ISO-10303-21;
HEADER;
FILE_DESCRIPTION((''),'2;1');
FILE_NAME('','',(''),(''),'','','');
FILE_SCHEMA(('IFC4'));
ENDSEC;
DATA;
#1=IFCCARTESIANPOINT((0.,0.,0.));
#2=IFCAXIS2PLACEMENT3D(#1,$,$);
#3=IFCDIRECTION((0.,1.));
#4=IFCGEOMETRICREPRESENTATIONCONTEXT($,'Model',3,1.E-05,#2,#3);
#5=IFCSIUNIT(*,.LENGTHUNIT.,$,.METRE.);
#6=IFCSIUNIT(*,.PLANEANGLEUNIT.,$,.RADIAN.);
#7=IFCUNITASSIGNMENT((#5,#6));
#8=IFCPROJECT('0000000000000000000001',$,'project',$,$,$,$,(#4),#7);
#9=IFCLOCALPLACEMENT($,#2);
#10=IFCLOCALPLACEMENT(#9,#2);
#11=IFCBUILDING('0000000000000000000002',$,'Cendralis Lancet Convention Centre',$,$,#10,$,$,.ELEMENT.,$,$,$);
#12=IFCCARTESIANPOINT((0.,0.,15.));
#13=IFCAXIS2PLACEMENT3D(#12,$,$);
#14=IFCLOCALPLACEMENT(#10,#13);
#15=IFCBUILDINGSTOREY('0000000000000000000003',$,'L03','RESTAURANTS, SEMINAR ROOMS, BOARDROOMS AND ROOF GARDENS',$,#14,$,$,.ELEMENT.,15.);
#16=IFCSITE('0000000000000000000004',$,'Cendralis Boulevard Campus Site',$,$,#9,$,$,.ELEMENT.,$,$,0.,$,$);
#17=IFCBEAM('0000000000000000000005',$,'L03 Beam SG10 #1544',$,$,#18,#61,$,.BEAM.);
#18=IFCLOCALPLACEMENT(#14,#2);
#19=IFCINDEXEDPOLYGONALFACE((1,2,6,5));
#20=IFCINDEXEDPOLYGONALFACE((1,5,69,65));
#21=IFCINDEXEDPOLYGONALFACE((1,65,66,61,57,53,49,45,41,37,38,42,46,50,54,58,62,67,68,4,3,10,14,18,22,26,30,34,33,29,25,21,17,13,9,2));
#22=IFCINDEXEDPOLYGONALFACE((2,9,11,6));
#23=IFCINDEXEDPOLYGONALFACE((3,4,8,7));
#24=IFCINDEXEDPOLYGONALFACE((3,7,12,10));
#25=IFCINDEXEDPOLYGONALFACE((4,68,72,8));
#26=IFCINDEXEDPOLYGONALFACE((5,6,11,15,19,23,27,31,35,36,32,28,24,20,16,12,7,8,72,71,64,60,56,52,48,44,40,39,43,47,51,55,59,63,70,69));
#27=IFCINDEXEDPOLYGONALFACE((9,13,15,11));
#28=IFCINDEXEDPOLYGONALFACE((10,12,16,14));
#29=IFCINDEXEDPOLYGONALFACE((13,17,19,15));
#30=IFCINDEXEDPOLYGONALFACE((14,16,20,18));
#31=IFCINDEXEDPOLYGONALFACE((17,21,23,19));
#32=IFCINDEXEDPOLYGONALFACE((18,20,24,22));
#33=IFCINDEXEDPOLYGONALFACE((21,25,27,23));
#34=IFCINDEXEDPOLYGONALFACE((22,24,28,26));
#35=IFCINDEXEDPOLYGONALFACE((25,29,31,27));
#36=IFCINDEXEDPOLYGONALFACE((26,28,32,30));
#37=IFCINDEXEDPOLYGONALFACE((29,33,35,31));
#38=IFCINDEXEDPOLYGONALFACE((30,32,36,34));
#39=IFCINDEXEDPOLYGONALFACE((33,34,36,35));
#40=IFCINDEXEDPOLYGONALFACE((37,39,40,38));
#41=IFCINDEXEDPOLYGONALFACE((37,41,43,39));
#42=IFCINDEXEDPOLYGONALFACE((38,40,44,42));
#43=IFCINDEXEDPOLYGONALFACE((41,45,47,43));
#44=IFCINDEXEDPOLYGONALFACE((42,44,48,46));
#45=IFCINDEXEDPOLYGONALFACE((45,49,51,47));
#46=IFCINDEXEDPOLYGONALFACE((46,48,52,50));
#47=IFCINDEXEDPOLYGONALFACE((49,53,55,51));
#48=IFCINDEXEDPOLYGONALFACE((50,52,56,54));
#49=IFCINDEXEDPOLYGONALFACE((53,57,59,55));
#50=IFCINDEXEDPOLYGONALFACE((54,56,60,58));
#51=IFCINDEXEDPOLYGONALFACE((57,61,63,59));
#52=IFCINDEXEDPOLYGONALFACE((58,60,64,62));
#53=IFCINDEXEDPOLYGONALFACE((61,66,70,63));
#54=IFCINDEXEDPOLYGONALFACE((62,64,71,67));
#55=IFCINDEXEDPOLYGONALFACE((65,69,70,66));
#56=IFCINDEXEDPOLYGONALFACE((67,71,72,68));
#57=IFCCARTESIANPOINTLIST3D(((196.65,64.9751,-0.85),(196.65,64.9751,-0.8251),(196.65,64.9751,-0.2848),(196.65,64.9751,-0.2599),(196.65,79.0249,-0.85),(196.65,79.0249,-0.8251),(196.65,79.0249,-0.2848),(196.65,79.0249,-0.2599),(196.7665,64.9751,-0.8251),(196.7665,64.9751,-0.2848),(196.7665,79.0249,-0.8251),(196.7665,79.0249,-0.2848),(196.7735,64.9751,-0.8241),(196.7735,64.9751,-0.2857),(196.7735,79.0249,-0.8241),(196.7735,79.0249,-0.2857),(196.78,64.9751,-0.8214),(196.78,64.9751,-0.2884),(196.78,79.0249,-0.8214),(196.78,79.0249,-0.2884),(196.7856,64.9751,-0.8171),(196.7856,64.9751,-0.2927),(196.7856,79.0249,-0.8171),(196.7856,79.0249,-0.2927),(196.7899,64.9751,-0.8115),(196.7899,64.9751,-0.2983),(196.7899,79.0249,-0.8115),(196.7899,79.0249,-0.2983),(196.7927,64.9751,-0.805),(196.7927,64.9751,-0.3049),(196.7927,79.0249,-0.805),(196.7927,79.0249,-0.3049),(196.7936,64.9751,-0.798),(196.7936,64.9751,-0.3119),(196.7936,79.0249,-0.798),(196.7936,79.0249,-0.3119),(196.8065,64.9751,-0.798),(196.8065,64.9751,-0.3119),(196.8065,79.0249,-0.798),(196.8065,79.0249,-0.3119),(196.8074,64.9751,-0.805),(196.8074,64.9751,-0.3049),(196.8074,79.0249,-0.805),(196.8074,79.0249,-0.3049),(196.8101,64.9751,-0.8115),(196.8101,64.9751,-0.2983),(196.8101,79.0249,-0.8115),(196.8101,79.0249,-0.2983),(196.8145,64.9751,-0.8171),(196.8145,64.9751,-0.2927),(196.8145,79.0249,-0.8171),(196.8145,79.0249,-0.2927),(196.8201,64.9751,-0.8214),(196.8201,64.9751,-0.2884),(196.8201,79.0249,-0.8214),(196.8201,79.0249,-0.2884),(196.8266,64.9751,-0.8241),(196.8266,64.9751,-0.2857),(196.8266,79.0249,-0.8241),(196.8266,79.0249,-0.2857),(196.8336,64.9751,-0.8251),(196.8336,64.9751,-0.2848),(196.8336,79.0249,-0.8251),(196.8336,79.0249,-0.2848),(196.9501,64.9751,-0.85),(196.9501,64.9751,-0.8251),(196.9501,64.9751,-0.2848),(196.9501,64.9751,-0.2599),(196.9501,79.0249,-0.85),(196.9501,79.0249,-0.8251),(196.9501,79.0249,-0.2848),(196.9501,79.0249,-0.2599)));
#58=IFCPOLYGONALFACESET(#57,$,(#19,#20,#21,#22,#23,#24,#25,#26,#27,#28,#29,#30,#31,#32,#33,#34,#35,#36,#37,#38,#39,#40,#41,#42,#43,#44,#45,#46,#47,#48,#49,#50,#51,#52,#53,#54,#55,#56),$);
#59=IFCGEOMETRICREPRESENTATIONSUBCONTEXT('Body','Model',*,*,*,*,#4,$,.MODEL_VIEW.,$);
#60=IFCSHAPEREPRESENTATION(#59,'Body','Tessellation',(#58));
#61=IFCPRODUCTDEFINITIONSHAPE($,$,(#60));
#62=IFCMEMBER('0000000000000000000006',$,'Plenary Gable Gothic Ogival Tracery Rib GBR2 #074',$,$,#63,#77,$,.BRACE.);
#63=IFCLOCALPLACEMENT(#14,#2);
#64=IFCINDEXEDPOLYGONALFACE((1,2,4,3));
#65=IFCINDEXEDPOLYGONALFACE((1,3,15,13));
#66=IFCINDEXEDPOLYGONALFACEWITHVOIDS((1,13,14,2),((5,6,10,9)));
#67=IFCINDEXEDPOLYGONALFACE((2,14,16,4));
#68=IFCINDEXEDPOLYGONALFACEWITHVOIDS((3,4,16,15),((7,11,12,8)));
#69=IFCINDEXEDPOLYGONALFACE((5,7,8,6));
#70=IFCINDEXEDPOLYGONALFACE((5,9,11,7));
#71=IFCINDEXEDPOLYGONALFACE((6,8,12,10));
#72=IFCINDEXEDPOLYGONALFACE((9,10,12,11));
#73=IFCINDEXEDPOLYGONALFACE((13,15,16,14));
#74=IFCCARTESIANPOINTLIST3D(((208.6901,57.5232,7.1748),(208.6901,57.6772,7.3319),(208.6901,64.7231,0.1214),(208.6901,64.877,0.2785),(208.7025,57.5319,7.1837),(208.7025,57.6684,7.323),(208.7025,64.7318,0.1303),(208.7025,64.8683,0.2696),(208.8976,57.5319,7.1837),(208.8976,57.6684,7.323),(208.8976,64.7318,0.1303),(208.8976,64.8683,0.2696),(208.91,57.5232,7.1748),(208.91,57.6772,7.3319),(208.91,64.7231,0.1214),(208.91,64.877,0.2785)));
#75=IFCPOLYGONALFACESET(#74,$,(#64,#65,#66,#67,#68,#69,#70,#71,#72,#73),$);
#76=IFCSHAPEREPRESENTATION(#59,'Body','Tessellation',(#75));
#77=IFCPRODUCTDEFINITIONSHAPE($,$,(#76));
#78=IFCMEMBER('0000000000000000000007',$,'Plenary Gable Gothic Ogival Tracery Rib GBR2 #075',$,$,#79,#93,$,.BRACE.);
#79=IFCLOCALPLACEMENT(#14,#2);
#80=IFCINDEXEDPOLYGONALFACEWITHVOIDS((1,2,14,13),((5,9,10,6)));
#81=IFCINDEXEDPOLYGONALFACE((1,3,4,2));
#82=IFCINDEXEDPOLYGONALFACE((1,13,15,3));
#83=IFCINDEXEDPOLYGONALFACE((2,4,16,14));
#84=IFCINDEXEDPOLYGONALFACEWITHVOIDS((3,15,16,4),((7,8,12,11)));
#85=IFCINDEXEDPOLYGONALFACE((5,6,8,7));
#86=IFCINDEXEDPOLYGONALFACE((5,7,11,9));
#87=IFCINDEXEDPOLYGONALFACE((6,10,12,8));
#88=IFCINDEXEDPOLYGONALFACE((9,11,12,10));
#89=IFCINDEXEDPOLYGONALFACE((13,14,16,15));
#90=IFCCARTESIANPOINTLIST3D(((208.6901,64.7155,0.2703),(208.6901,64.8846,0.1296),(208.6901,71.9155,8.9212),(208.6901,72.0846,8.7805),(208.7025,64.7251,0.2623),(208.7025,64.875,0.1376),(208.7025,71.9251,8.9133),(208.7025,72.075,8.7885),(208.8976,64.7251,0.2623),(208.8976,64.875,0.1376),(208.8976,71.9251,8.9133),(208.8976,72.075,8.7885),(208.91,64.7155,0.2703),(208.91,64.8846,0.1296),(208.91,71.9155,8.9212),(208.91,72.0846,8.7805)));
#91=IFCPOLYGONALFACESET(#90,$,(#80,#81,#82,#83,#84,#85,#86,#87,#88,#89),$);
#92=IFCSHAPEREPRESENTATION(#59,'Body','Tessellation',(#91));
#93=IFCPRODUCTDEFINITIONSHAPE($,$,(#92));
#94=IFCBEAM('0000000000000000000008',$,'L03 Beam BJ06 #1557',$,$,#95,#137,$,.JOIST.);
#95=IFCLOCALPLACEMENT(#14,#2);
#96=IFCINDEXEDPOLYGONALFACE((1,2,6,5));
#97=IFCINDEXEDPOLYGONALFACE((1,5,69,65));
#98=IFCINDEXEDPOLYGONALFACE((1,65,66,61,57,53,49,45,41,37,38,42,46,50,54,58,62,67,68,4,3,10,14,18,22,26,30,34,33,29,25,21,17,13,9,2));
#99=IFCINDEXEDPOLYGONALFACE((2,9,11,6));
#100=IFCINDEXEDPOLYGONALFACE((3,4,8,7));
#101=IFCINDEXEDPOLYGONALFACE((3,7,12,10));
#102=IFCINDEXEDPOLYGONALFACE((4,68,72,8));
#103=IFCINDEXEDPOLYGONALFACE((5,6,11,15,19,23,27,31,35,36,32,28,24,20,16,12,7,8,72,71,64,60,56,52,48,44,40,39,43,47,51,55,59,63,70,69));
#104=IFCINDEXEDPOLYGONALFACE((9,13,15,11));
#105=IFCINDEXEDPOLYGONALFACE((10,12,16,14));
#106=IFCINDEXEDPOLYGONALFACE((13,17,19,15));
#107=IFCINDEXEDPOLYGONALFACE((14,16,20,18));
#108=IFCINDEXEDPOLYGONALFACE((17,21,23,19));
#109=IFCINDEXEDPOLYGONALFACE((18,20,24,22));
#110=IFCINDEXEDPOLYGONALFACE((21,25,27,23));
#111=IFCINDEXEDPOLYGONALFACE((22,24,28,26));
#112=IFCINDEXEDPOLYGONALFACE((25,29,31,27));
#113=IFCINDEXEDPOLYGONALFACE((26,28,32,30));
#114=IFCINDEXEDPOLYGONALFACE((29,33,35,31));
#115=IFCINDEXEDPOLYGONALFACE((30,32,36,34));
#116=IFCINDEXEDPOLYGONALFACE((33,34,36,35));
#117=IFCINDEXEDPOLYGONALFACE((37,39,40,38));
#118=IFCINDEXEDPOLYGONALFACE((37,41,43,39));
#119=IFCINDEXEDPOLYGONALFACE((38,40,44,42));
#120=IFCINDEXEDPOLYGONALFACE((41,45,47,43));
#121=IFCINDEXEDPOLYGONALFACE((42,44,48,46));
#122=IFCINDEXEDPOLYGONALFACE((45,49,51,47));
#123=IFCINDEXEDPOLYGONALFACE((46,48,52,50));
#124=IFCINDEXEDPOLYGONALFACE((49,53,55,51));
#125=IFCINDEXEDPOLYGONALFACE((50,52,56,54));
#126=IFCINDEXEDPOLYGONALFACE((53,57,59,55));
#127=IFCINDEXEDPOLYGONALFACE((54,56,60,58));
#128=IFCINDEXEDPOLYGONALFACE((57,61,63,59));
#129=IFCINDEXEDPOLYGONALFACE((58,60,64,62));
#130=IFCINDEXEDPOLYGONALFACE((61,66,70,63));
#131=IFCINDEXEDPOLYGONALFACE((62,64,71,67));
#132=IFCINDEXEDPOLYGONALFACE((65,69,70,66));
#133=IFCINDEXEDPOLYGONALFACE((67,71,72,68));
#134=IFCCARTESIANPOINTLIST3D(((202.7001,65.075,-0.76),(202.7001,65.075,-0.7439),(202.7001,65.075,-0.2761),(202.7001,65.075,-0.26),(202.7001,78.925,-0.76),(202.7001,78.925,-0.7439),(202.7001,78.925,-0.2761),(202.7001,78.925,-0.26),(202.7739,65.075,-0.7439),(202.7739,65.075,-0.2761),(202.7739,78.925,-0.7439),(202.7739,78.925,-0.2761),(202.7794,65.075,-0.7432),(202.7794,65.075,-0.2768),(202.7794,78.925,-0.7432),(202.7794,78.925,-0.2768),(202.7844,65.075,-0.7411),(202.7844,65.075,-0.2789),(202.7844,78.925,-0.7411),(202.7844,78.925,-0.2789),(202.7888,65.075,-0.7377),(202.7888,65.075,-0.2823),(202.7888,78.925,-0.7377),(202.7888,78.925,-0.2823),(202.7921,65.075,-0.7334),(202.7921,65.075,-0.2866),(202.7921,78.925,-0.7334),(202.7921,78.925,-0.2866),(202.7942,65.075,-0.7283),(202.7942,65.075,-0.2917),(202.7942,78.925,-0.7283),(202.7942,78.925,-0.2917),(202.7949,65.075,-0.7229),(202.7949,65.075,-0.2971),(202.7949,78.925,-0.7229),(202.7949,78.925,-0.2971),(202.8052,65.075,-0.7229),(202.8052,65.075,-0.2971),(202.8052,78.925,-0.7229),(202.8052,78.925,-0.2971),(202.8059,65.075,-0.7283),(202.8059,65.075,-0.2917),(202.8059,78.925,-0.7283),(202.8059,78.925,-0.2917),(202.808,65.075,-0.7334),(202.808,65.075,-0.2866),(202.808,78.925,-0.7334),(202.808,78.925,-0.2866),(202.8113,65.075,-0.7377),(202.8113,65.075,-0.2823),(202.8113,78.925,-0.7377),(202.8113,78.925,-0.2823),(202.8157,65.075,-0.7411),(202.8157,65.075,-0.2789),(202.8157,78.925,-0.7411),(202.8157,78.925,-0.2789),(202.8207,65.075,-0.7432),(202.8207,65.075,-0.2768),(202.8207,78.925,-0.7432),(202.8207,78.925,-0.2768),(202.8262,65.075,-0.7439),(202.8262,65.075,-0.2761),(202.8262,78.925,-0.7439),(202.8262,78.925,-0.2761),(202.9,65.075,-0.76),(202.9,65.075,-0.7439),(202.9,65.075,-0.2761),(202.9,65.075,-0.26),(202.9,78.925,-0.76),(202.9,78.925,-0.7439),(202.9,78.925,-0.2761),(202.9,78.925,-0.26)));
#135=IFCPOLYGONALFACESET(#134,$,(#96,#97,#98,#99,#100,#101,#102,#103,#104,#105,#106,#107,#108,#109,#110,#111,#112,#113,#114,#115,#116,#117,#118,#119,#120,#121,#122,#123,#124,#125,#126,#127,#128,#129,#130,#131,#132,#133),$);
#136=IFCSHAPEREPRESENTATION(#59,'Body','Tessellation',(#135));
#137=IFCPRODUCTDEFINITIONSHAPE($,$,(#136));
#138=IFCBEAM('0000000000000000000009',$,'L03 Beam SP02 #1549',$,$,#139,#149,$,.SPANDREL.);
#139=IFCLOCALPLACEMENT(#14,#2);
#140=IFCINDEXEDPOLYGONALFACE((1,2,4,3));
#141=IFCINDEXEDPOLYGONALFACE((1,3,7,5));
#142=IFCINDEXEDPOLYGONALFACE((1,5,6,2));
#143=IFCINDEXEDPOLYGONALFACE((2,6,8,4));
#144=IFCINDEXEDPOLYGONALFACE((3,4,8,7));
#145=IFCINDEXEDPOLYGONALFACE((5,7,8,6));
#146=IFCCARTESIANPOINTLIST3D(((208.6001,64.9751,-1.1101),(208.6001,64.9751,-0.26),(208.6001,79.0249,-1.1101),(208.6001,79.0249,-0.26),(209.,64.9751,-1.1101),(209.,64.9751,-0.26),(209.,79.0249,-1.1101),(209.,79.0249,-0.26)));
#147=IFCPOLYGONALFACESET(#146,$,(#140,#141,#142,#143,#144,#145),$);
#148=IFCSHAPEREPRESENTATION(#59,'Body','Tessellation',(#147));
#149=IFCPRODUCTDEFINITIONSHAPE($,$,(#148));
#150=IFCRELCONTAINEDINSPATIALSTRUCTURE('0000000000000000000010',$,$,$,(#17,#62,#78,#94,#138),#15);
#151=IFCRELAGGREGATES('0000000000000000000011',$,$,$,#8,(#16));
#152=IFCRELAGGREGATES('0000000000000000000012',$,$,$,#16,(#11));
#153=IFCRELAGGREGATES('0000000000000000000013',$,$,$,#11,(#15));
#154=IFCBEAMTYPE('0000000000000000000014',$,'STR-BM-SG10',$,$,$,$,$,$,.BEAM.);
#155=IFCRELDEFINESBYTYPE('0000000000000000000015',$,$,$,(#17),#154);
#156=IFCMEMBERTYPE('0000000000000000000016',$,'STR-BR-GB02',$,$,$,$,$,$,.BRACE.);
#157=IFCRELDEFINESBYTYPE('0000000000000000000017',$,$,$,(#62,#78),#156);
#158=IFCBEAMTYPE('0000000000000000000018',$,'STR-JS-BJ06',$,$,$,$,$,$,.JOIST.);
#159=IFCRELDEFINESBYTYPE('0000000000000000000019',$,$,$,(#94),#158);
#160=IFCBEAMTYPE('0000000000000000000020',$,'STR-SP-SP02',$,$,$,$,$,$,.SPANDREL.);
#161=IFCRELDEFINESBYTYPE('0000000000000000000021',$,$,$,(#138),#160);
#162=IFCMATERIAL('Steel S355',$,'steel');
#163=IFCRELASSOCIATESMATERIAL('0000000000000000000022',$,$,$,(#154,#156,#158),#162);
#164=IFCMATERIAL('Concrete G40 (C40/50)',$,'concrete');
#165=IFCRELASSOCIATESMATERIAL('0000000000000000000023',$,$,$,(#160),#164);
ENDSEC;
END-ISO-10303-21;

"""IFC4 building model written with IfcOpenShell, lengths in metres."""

from ifc_helpers import new_model, si_unit, direction, frame, origin, origin_2d, place, context, subcontext, project, spatial, rectangle, hollow_rectangle, i_section, extrude, material, material_profile, profile_set, type_object, element, save


model = new_model("IFC4")

# Units and contexts
model_context = context("Model", 3, precision=1e-05, world=origin(), true_north=direction((0.0, 1.0)))
body_context = subcontext(model_context, "Body", "Model", "MODEL_VIEW")
ifc_project = project(units=[si_unit("LENGTHUNIT", "METRE"), si_unit("PLANEANGLEUNIT", "RADIAN")], contexts=[model_context])

# Site, building, storey
site_placement = place(None, origin())
site = spatial("IfcSite", under=ifc_project, at=site_placement, Name="Cendralis Boulevard Campus Site", CompositionType="ELEMENT", RefElevation=0.0)
building_placement = place(site_placement, origin())
building = spatial("IfcBuilding", under=site, at=building_placement, Name="Cendralis Lancet Convention Centre", CompositionType="ELEMENT")
storey_placement = place(building_placement, frame((0.0, 0.0, 15.0)))
storey = spatial("IfcBuildingStorey", under=building, at=storey_placement, Name="L03", Description="RESTAURANTS, SEMINAR ROOMS, BOARDROOMS AND ROOF GARDENS", CompositionType="ELEMENT", Elevation=15.0)

# Shared definitions
ifc_material_1 = material(Name="Steel S355", Category="steel")

# Beam
ifc_material_2 = material(Name="Concrete G40 (C40/50)", Category="concrete")
ifc_material_profile_1 = material_profile(ifc_material_1, i_section(OverallWidth=0.3, OverallDepth=0.5901, WebThickness=0.0129, FlangeThickness=0.0249, FilletRadius=0.0271, at=origin_2d()), Name="HEA 600")
ifc_profile_set_1 = profile_set([ifc_material_profile_1], Name="Steel S355")
beam_type_1 = type_object("IfcBeamType", Name="STR-BM-SG10", PredefinedType="BEAM", material=ifc_profile_set_1)
beam_1_placement = place(storey_placement, frame((196.8, 64.9751, -0.5549), z_axis=(0.0, 1.0, 0.0), x_axis=(-1.0, 0.0, 0.0)))
element("IfcBeam", 1, at=beam_1_placement, inside=storey, type_object=beam_type_1, Name="L03 Beam SG10 #1544", PredefinedType="BEAM", context=body_context, shape_type="SweptSolid", body=[
    extrude(i_section(OverallWidth=0.3, OverallDepth=0.5901, WebThickness=0.0129, FlangeThickness=0.0249, FilletRadius=0.0271, at=origin_2d()), origin(), (0.0, 0.0, 1.0), 14.0498),
])

# Members
ifc_material_profile_2 = material_profile(ifc_material_1, hollow_rectangle(XDim=0.22, YDim=0.22, WallThickness=0.0125, at=origin_2d()), Name="SHS 220x220x12.5")
ifc_profile_set_2 = profile_set([ifc_material_profile_2], Name="Steel S355")
member_type_1 = type_object("IfcMemberType", Name="STR-BR-GB02", PredefinedType="BRACE", material=ifc_profile_set_2)
member_1_placement = place(storey_placement, frame((208.8, 64.8, 0.2), z_axis=(0.0, -0.714336, 0.699803), x_axis=(1.0, 0.0, 0.0)))
element("IfcMember", 2, at=member_1_placement, inside=storey, type_object=member_type_1, Name="Plenary Gable Gothic Ogival Tracery Rib GBR2 #074", PredefinedType="BRACE", context=body_context, shape_type="SweptSolid", body=[
    extrude(hollow_rectangle(XDim=0.22, YDim=0.22, WallThickness=0.0125, at=origin_2d()), origin(), (0.0, 0.0, 1.0), 10.0791),
])
member_2_placement = place(storey_placement, frame((208.8, 64.8, 0.2), z_axis=(0.0, 0.639706, 0.768619), x_axis=(-1.0, 0.0, 0.0)))
element("IfcMember", 3, at=member_2_placement, inside=storey, type_object=member_type_1, Name="Plenary Gable Gothic Ogival Tracery Rib GBR2 #075", PredefinedType="BRACE", context=body_context, shape_type="SweptSolid", body=[
    extrude(hollow_rectangle(XDim=0.22, YDim=0.22, WallThickness=0.0125, at=origin_2d()), origin(), (0.0, 0.0, 1.0), 11.2551),
])

# Beams
ifc_material_profile_3 = material_profile(ifc_material_1, i_section(OverallWidth=0.2, OverallDepth=0.5, WebThickness=0.0103, FlangeThickness=0.0161, FilletRadius=0.021, at=origin_2d()), Name="IPE 500")
ifc_profile_set_3 = profile_set([ifc_material_profile_3], Name="Steel S355")
beam_type_2 = type_object("IfcBeamType", Name="STR-JS-BJ06", PredefinedType="JOIST", material=ifc_profile_set_3)
beam_2_placement = place(storey_placement, frame((202.8, 65.075, -0.51), z_axis=(0.0, 1.0, 0.0), x_axis=(-1.0, 0.0, 0.0)))
element("IfcBeam", 4, at=beam_2_placement, inside=storey, type_object=beam_type_2, Name="L03 Beam BJ06 #1557", PredefinedType="JOIST", context=body_context, shape_type="SweptSolid", body=[
    extrude(i_section(OverallWidth=0.2, OverallDepth=0.5, WebThickness=0.0103, FlangeThickness=0.0161, FilletRadius=0.021, at=origin_2d()), origin(), (0.0, 0.0, 1.0), 13.8501),
])
ifc_material_profile_4 = material_profile(ifc_material_2, rectangle(XDim=0.3999, YDim=0.8501, at=origin_2d()), Name="RCB 400x850")
ifc_profile_set_4 = profile_set([ifc_material_profile_4], Name="Concrete G40 (C40/50)")
beam_type_3 = type_object("IfcBeamType", Name="STR-SP-SP02", PredefinedType="SPANDREL", material=ifc_profile_set_4)
beam_3_placement = place(storey_placement, frame((208.8, 64.9751, -0.6851), z_axis=(0.0, 1.0, 0.0), x_axis=(-1.0, 0.0, 0.0)))
element("IfcBeam", 5, at=beam_3_placement, inside=storey, type_object=beam_type_3, Name="L03 Beam SP02 #1549", PredefinedType="SPANDREL", context=body_context, shape_type="SweptSolid", body=[
    extrude(rectangle(XDim=0.3999, YDim=0.8501, at=origin_2d()), origin(), (0.0, 0.0, 1.0), 14.0498),
])

save(model, "model.ifc")
